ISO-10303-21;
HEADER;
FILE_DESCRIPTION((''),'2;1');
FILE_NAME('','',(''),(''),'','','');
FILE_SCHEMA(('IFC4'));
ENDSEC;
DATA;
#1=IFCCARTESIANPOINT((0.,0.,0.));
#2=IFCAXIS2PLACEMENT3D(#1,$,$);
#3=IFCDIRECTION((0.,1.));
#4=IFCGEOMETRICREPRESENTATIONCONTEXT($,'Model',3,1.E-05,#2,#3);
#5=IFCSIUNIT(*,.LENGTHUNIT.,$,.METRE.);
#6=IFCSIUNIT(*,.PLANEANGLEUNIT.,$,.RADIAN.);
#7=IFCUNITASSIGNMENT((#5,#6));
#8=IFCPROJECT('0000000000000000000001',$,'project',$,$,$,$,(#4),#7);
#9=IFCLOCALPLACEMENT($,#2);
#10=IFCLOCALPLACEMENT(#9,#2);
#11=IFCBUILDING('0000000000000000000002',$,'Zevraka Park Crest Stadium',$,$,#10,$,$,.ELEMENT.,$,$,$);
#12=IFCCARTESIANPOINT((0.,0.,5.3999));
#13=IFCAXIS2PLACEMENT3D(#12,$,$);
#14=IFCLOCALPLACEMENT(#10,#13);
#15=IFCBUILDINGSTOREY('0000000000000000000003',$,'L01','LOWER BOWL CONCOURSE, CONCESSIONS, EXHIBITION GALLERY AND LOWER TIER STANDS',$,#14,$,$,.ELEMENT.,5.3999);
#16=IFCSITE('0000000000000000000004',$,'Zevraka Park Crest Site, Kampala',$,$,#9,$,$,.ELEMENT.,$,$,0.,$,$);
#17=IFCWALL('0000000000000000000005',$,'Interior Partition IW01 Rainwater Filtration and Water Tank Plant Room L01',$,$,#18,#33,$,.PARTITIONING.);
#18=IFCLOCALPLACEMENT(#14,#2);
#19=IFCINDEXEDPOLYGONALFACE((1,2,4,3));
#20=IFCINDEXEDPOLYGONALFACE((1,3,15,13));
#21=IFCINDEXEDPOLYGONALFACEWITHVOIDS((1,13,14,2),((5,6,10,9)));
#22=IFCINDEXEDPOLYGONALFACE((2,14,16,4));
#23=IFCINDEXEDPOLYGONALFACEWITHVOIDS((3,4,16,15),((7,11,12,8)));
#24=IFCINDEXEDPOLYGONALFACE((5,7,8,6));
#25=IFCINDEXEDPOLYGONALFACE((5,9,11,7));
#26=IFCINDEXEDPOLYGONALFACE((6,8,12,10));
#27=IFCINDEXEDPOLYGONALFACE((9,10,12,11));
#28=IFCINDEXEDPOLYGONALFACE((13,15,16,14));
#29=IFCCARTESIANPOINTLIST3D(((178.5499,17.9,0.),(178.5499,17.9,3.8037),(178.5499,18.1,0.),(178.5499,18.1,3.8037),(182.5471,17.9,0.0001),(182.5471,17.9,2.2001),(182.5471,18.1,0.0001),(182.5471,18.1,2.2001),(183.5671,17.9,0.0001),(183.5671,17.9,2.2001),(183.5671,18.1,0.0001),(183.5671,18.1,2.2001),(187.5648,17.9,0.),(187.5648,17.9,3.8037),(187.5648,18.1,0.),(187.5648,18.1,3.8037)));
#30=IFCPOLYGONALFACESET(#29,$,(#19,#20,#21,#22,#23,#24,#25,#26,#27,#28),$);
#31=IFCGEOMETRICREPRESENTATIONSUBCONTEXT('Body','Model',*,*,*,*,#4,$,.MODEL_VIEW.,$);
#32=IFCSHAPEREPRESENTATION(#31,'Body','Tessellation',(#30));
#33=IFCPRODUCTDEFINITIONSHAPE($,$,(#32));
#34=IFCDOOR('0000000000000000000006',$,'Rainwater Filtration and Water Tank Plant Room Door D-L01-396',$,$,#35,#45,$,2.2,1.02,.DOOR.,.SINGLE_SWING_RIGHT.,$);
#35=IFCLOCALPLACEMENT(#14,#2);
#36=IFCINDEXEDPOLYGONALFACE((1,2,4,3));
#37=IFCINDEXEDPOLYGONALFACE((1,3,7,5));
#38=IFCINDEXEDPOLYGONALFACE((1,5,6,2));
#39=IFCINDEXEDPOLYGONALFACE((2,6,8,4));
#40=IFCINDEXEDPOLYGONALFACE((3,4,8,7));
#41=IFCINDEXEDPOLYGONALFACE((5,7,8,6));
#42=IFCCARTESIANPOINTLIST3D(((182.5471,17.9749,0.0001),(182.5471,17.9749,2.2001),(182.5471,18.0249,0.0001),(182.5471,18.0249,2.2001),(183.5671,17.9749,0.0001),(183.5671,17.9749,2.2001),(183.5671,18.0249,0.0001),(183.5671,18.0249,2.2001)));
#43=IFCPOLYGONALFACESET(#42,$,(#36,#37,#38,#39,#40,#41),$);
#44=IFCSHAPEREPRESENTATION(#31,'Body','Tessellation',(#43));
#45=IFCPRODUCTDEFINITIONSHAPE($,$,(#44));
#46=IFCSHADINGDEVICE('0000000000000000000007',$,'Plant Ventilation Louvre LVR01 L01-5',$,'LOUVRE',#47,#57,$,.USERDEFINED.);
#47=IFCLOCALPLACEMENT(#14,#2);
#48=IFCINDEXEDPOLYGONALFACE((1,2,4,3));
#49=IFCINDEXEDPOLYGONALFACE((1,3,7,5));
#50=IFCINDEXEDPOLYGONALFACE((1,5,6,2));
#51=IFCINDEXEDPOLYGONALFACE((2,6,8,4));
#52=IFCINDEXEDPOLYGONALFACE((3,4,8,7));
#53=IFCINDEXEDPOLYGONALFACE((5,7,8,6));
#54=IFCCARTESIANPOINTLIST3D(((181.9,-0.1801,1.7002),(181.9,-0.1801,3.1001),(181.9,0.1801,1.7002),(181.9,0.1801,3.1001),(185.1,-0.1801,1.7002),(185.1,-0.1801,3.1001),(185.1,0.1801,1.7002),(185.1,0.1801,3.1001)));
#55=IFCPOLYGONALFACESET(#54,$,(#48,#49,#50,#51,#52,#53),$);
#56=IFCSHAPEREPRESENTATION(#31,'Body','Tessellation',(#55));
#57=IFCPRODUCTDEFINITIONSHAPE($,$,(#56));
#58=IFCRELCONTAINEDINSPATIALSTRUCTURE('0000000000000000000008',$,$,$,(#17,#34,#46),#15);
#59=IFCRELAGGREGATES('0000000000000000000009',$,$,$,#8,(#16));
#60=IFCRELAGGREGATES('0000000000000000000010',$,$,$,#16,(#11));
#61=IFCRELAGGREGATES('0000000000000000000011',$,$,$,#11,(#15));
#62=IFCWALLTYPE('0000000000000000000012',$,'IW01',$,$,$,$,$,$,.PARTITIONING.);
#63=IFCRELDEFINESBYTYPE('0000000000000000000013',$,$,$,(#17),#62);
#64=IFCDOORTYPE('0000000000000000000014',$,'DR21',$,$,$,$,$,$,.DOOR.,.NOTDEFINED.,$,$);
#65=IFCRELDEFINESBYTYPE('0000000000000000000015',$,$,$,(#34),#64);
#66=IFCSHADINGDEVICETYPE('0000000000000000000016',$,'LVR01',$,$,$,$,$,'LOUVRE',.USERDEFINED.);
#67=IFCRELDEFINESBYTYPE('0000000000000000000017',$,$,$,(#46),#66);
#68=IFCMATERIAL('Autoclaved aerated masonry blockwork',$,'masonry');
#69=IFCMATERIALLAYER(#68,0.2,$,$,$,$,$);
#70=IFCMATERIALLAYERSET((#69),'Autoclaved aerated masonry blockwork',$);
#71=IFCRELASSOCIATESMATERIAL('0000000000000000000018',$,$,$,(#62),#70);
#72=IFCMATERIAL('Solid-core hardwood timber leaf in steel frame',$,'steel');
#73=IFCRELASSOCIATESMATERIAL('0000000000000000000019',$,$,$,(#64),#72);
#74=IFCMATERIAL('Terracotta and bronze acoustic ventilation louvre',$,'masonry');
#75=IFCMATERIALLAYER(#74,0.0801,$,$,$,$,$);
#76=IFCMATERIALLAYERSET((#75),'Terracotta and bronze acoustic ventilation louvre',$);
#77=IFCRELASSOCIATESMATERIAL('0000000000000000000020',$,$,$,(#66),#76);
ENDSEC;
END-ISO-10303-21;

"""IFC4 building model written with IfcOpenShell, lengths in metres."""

from ifc_helpers import new_model, si_unit, direction, frame, frame_2d, origin, origin_2d, place, context, subcontext, project, spatial, rectangle, extrude, material, layer, layer_set, type_object, element, fill, save


model = new_model("IFC4")

# Units and contexts
model_context = context("Model", 3, precision=1e-05, world=origin(), true_north=direction((0.0, 1.0)))
body_context = subcontext(model_context, "Body", "Model", "MODEL_VIEW")
ifc_project = project(units=[si_unit("LENGTHUNIT", "METRE"), si_unit("PLANEANGLEUNIT", "RADIAN")], contexts=[model_context])

# Site, building, storey
site_placement = place(None, origin())
site = spatial("IfcSite", under=ifc_project, at=site_placement, Name="Zevraka Park Crest Site, Kampala", CompositionType="ELEMENT", RefElevation=0.0)
building_placement = place(site_placement, origin())
building = spatial("IfcBuilding", under=site, at=building_placement, Name="Zevraka Park Crest Stadium", CompositionType="ELEMENT")
storey_placement = place(building_placement, frame((0.0, 0.0, 5.3999)))
storey = spatial("IfcBuildingStorey", under=building, at=storey_placement, Name="L01", Description="LOWER BOWL CONCOURSE, CONCESSIONS, EXHIBITION GALLERY AND LOWER TIER STANDS", CompositionType="ELEMENT", Elevation=5.3999)

# Wall, opening, door
ifc_material_1 = material(Name="Autoclaved aerated masonry blockwork", Category="masonry")
ifc_layer_1 = layer(ifc_material_1, 0.2)
ifc_layer_set_1 = layer_set([ifc_layer_1], Name="Autoclaved aerated masonry blockwork")
wall_type_1 = type_object("IfcWallType", Name="IW01", PredefinedType="PARTITIONING", material=ifc_layer_set_1)
wall_1_placement = place(storey_placement, frame((178.55, 18.0, 0.0), z_axis=(0.0, 0.0, 1.0), x_axis=(1.0, 0.0, 0.0)))
wall_1 = element("IfcWall", 1, at=wall_1_placement, inside=storey, type_object=wall_type_1, Name="Interior Partition IW01 Rainwater Filtration and Water Tank Plant Room L01", PredefinedType="PARTITIONING", context=body_context, shape_type="SweptSolid", body=[
    extrude(rectangle(XDim=9.0149, YDim=0.2, at=frame_2d((4.5073, 0.0))), origin(), (0.0, 0.0, 1.0), 3.8037),
])
opening_1_placement = place(wall_1_placement, frame((3.9971, 0.0, 0.0)))
opening_1 = element("IfcOpeningElement", 2, at=opening_1_placement, cuts=wall_1, PredefinedType="OPENING", context=body_context, shape_type="SweptSolid", body=[
    extrude(rectangle(XDim=1.02, YDim=2.2, at=frame_2d((0.51, 1.1001))), frame((0.0, 0.1099, 0.0), z_axis=(0.0, -1.0, 0.0), x_axis=(1.0, 0.0, 0.0)), (0.0, 0.0, 1.0), 0.22),
])
ifc_material_2 = material(Name="Solid-core hardwood timber leaf in steel frame", Category="steel")
door_type = type_object("IfcDoorType", Name="DR21", OperationType="NOTDEFINED", PredefinedType="DOOR", material=ifc_material_2)
door_placement = place(opening_1_placement, origin())
door = element("IfcDoor", 3, at=door_placement, inside=storey, type_object=door_type, Name="Rainwater Filtration and Water Tank Plant Room Door D-L01-396", OperationType="SINGLE_SWING_RIGHT", OverallHeight=2.2, OverallWidth=1.02, PredefinedType="DOOR", context=body_context, shape_type="SweptSolid", body=[
    extrude(rectangle(XDim=1.02, YDim=2.2, at=frame_2d((0.51, 1.1001))), frame((0.0, 0.0249, 0.0), z_axis=(0.0, -1.0, 0.0), x_axis=(1.0, 0.0, 0.0)), (0.0, 0.0, 1.0), 0.05),
])
fill(opening_1, door)

# Shading device
ifc_material_3 = material(Name="Terracotta and bronze acoustic ventilation louvre", Category="masonry")
ifc_layer_2 = layer(ifc_material_3, 0.0801)
ifc_layer_set_2 = layer_set([ifc_layer_2], Name="Terracotta and bronze acoustic ventilation louvre")
shading_device_type = type_object("IfcShadingDeviceType", Name="LVR01", ElementType="LOUVRE", PredefinedType="USERDEFINED", material=ifc_layer_set_2)
shading_device_placement = place(storey_placement, frame((183.5, 0.0, 1.7002), z_axis=(0.0, 0.0, 1.0), x_axis=(-1.0, 0.0, 0.0)))
element("IfcShadingDevice", 4, at=shading_device_placement, inside=storey, type_object=shading_device_type, Name="Plant Ventilation Louvre LVR01 L01-5", ObjectType="LOUVRE", PredefinedType="USERDEFINED", context=body_context, shape_type="SweptSolid", body=[
    extrude(rectangle(XDim=3.2, YDim=0.3601, at=origin_2d()), origin(), (0.0, 0.0, 1.0), 1.3999),
])

save(model, "model.ifc")
